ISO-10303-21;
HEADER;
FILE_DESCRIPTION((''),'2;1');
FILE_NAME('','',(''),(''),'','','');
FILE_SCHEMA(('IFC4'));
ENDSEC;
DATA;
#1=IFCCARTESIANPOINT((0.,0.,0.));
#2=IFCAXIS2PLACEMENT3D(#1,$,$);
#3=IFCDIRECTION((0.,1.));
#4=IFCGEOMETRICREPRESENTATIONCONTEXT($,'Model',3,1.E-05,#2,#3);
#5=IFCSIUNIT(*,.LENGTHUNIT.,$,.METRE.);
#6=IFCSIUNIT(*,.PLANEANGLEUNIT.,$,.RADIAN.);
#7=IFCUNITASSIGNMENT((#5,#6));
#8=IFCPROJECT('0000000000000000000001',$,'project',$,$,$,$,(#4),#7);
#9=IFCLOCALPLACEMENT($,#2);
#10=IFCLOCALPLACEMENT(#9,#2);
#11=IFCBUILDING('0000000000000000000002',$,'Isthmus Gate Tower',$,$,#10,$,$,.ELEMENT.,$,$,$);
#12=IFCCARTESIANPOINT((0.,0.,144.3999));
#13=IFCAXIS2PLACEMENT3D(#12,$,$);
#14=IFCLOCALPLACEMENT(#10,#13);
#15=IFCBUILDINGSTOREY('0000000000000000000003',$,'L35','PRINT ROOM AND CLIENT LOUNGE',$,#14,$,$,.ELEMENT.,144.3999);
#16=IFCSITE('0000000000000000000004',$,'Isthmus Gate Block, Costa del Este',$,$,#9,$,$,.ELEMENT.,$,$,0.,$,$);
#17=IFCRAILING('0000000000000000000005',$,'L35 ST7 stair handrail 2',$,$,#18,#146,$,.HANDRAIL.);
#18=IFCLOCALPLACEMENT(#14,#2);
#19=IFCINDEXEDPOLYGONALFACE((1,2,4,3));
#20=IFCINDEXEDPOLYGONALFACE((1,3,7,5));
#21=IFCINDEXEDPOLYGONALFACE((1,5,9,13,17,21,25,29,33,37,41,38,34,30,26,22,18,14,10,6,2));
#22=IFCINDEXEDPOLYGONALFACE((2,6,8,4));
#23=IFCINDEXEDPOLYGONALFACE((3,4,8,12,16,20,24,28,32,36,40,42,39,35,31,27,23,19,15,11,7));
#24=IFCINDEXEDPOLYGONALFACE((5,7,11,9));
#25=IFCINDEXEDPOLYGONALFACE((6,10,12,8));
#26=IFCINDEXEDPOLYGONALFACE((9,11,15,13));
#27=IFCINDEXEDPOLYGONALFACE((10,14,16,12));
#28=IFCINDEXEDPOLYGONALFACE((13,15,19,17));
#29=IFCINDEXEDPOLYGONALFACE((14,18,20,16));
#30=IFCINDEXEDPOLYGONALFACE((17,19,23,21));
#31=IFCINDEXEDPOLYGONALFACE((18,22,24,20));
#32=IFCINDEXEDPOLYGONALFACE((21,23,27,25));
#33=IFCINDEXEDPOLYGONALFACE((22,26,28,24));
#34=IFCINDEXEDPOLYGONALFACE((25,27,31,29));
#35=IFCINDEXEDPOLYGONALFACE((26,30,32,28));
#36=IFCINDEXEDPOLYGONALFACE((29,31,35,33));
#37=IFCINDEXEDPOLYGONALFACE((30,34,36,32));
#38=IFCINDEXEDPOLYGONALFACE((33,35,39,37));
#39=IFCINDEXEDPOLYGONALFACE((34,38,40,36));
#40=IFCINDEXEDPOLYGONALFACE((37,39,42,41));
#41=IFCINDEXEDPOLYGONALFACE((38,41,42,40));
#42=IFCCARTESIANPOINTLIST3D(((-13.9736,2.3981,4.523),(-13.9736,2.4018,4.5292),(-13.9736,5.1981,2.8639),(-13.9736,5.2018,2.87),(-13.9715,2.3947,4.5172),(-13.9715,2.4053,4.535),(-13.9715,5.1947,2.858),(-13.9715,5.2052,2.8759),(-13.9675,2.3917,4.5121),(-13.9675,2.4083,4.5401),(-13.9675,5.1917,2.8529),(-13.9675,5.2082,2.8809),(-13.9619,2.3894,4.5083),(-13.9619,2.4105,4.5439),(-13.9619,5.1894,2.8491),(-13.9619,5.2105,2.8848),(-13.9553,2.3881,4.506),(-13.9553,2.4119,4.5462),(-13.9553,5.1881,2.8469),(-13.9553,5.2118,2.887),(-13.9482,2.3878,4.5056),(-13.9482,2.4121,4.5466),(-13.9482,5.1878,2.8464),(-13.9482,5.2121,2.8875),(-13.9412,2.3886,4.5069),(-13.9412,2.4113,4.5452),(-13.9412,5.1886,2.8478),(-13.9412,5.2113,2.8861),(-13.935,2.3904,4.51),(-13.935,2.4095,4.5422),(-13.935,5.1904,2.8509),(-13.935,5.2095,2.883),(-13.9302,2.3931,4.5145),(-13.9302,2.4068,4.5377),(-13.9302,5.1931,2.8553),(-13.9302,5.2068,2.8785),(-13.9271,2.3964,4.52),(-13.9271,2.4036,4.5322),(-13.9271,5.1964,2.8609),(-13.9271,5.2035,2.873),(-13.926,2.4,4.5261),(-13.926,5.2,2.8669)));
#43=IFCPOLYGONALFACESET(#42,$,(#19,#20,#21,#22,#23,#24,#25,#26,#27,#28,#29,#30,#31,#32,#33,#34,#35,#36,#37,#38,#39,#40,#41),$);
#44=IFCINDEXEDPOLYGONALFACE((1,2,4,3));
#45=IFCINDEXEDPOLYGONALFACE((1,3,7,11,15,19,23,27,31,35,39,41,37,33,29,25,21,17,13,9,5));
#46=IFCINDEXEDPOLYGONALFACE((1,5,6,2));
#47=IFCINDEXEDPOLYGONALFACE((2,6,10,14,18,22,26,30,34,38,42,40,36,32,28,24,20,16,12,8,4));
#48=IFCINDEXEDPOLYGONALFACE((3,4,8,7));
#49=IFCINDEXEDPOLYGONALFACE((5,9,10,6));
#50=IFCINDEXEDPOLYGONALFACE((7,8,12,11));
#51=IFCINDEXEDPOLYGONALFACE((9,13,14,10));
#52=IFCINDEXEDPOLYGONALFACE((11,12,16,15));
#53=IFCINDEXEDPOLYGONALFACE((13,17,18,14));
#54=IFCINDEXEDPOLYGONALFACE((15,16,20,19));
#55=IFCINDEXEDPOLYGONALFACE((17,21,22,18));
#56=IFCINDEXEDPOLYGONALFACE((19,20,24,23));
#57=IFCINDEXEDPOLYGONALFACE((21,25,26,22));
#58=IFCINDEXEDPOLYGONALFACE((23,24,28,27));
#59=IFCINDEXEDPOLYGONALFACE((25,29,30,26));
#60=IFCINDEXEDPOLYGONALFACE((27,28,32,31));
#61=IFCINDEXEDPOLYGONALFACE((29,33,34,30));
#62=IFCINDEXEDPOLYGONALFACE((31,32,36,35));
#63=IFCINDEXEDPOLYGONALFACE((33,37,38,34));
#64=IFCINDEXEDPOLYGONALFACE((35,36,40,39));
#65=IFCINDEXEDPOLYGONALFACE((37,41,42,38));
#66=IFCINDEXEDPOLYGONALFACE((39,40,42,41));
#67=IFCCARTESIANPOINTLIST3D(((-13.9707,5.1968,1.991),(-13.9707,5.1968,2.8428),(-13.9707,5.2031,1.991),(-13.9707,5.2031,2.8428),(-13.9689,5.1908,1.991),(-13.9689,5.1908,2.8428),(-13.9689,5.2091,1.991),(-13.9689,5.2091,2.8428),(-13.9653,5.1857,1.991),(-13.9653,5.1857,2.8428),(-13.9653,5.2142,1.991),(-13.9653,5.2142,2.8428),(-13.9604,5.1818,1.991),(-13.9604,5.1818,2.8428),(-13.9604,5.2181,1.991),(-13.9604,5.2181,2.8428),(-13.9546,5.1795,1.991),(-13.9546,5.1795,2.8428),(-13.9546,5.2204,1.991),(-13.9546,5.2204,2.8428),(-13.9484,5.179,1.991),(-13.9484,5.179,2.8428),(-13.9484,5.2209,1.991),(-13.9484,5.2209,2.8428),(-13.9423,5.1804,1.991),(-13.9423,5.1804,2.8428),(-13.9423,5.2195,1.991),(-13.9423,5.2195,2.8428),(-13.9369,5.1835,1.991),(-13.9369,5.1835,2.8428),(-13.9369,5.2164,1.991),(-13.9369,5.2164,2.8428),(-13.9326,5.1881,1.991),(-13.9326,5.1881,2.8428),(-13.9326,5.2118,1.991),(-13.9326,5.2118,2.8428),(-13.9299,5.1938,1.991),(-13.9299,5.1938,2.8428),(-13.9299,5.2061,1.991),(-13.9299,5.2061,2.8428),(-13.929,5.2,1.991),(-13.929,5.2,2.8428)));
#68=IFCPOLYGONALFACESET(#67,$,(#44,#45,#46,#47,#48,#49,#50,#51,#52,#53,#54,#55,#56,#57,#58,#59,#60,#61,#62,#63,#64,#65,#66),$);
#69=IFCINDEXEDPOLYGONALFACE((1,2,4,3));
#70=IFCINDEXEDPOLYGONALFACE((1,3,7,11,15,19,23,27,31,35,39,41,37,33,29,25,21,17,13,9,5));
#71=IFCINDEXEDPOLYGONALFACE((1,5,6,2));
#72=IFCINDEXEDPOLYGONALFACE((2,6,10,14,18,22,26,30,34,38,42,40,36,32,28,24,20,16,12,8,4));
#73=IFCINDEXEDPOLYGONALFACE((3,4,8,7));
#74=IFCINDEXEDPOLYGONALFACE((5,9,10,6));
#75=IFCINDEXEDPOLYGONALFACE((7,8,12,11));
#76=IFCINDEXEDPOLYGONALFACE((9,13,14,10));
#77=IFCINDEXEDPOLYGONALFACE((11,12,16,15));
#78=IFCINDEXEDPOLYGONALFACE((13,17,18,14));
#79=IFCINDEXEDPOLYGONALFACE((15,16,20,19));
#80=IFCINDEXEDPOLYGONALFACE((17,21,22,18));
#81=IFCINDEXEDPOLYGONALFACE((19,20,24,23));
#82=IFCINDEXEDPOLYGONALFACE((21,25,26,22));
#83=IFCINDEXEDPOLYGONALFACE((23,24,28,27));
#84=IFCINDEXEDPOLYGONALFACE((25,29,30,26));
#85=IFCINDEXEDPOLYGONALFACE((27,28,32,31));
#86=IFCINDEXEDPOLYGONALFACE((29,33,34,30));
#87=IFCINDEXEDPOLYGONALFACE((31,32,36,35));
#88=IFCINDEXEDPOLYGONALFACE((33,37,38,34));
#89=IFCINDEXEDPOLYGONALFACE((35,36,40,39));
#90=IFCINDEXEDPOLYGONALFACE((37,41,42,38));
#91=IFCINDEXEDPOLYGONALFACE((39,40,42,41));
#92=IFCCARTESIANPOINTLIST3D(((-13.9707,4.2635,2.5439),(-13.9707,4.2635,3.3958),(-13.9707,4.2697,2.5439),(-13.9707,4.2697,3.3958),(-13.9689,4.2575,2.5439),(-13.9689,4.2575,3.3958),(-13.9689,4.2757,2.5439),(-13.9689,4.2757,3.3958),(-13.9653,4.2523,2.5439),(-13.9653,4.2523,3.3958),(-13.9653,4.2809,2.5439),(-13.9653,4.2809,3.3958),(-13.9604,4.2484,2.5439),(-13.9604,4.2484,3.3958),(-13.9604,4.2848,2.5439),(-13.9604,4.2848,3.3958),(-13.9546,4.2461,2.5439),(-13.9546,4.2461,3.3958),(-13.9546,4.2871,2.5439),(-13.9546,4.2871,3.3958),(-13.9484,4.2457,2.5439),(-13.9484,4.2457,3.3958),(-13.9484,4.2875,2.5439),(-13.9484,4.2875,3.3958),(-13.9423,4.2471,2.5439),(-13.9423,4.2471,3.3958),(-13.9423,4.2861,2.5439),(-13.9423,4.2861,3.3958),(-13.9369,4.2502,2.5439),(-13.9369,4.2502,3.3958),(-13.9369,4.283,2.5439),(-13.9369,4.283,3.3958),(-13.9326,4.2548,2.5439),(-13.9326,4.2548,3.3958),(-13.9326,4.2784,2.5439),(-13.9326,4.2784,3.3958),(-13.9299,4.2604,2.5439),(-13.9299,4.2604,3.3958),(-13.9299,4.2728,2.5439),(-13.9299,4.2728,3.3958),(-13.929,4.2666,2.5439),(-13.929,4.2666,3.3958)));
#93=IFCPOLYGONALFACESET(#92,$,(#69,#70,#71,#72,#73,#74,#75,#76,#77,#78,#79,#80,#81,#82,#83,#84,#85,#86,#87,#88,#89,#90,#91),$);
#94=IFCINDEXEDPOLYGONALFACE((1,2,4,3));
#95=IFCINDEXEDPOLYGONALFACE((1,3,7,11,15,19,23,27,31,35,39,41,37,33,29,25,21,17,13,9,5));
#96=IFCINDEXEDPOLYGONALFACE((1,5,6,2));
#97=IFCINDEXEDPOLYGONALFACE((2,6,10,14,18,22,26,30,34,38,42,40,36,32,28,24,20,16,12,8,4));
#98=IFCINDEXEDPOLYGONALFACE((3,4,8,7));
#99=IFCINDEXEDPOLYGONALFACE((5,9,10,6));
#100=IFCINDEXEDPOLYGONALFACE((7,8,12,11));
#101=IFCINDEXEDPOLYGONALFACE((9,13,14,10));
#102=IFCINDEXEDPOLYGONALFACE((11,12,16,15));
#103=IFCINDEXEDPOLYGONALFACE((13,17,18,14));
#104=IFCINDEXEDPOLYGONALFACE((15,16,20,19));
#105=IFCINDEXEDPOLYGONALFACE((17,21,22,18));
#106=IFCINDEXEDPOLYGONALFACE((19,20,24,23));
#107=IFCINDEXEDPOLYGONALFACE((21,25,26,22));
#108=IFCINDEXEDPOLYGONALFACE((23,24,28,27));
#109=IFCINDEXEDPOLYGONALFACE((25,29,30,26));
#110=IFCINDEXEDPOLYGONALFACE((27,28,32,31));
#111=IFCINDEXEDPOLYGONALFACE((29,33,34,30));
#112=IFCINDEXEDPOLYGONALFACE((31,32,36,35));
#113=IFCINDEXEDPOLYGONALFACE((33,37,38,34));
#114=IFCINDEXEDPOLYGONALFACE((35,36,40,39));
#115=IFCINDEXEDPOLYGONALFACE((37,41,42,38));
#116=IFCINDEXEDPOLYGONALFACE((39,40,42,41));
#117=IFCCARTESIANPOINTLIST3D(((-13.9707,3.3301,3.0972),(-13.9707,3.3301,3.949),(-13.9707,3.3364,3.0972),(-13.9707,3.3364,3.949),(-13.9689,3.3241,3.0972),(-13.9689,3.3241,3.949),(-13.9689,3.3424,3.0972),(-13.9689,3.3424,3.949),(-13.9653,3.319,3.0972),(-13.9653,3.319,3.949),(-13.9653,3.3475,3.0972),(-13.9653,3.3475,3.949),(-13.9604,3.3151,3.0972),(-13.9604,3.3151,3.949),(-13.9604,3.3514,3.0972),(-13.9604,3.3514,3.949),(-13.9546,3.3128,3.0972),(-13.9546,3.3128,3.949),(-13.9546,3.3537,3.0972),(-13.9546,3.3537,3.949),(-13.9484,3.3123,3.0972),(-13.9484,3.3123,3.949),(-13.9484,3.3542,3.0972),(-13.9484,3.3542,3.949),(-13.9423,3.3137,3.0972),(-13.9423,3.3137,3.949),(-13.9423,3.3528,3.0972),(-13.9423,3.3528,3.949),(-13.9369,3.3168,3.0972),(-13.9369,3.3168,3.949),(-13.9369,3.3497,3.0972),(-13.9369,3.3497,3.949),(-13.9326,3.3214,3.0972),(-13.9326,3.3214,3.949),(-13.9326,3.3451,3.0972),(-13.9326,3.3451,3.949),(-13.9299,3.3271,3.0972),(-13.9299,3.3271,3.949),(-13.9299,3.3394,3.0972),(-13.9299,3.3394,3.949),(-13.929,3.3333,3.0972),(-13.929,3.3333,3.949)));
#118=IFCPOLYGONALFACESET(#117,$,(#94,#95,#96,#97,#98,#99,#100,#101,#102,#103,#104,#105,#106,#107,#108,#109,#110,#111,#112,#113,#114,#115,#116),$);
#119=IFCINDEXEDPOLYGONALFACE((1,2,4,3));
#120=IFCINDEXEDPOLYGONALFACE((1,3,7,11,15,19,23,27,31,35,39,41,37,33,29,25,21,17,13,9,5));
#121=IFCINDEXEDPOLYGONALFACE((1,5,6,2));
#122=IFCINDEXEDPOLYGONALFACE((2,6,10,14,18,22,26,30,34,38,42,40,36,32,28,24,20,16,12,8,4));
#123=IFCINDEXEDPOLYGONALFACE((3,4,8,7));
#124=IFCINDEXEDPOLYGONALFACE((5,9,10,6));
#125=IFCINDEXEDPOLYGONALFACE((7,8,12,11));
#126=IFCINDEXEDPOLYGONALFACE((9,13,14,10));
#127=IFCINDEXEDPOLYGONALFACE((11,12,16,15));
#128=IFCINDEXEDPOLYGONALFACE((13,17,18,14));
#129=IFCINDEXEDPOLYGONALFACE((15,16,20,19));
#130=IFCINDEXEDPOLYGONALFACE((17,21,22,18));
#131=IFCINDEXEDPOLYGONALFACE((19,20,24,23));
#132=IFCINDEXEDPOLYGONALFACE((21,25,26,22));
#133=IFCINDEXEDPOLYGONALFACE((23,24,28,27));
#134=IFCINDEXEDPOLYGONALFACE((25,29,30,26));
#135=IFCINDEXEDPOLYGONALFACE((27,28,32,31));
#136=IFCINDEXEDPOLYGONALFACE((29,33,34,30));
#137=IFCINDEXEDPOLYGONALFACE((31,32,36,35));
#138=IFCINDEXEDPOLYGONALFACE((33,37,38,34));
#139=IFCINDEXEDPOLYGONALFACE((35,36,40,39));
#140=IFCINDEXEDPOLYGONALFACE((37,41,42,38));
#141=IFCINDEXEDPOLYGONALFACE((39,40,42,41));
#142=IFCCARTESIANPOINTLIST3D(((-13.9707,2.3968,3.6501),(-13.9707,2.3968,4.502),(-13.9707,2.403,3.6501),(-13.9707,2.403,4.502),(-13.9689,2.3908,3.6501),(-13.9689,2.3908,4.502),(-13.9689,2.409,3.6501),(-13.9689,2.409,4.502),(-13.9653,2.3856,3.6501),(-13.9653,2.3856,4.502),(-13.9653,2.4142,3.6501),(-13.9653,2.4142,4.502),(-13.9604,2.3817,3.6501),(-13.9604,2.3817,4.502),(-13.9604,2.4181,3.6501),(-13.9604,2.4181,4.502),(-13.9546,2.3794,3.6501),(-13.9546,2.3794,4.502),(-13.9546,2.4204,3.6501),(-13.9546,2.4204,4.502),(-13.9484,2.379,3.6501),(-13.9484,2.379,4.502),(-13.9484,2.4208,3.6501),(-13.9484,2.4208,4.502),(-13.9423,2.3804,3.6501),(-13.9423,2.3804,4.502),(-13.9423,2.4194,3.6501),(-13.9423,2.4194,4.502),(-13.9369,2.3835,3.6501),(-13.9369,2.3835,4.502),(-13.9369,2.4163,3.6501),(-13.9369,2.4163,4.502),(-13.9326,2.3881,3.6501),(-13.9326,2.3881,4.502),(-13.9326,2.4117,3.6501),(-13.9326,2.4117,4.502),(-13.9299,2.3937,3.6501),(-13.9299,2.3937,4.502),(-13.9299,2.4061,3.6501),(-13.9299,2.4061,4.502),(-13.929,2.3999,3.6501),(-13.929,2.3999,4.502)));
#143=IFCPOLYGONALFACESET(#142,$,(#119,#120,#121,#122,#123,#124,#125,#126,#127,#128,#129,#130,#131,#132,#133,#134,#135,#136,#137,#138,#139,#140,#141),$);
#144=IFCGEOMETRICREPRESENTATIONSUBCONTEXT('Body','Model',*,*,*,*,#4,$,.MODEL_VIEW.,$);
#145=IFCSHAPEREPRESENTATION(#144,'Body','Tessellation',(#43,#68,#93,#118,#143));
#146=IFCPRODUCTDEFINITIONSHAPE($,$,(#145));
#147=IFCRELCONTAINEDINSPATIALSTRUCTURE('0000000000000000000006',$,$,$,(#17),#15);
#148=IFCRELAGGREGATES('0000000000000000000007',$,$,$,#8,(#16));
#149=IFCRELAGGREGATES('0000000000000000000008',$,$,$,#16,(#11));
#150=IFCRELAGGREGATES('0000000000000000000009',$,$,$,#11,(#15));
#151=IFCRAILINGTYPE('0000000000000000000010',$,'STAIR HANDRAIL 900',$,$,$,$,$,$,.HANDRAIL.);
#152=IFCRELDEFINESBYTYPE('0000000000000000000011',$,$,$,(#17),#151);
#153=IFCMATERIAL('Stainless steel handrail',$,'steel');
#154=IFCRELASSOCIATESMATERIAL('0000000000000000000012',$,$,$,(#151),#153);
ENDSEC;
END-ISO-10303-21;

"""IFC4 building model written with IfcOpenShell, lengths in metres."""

from ifc_helpers import new_model, si_unit, direction, frame, origin, origin_2d, place, context, subcontext, project, spatial, circle, extrude, material, type_object, element, save


model = new_model("IFC4")

# Units and contexts
model_context = context("Model", 3, precision=1e-05, world=origin(), true_north=direction((0.0, 1.0)))
body_context = subcontext(model_context, "Body", "Model", "MODEL_VIEW")
ifc_project = project(units=[si_unit("LENGTHUNIT", "METRE"), si_unit("PLANEANGLEUNIT", "RADIAN")], contexts=[model_context])

# Site, building, storey
site_placement = place(None, origin())
site = spatial("IfcSite", under=ifc_project, at=site_placement, Name="Isthmus Gate Block, Costa del Este", CompositionType="ELEMENT", RefElevation=0.0)
building_placement = place(site_placement, origin())
building = spatial("IfcBuilding", under=site, at=building_placement, Name="Isthmus Gate Tower", CompositionType="ELEMENT")
storey_placement = place(building_placement, frame((0.0, 0.0, 144.3999)))
storey = spatial("IfcBuildingStorey", under=building, at=storey_placement, Name="L35", Description="PRINT ROOM AND CLIENT LOUNGE", CompositionType="ELEMENT", Elevation=144.3999)

# Railing
ifc_material_1 = material(Name="Stainless steel handrail", Category="steel")
railing_type_1 = type_object("IfcRailingType", Name="STAIR HANDRAIL 900", PredefinedType="HANDRAIL", material=ifc_material_1)
railing_1_placement = place(storey_placement, frame((-13.95, 5.2, 1.991)))
element("IfcRailing", 1, at=railing_1_placement, inside=storey, type_object=railing_type_1, Name="L35 ST7 stair handrail 2", PredefinedType="HANDRAIL", context=body_context, shape_type="SweptSolid", body=[
    extrude(circle(Radius=0.0239, at=origin_2d()), frame((0.0, 0.0, 0.876), z_axis=(0.0, -0.860306, 0.509778), x_axis=(1.0, 0.0, 0.0)), (0.0, 0.0, 1.0), 3.2546),
    extrude(circle(Radius=0.021, at=origin_2d()), origin(), (0.0, 0.0, 1.0), 0.8518),
    extrude(circle(Radius=0.021, at=origin_2d()), frame((0.0, -0.9333, 0.553)), (0.0, 0.0, 1.0), 0.8518),
    extrude(circle(Radius=0.021, at=origin_2d()), frame((0.0, -1.8667, 1.1062)), (0.0, 0.0, 1.0), 0.8518),
    extrude(circle(Radius=0.021, at=origin_2d()), frame((0.0, -2.8, 1.6592)), (0.0, 0.0, 1.0), 0.8518),
])

save(model, "model.ifc")
